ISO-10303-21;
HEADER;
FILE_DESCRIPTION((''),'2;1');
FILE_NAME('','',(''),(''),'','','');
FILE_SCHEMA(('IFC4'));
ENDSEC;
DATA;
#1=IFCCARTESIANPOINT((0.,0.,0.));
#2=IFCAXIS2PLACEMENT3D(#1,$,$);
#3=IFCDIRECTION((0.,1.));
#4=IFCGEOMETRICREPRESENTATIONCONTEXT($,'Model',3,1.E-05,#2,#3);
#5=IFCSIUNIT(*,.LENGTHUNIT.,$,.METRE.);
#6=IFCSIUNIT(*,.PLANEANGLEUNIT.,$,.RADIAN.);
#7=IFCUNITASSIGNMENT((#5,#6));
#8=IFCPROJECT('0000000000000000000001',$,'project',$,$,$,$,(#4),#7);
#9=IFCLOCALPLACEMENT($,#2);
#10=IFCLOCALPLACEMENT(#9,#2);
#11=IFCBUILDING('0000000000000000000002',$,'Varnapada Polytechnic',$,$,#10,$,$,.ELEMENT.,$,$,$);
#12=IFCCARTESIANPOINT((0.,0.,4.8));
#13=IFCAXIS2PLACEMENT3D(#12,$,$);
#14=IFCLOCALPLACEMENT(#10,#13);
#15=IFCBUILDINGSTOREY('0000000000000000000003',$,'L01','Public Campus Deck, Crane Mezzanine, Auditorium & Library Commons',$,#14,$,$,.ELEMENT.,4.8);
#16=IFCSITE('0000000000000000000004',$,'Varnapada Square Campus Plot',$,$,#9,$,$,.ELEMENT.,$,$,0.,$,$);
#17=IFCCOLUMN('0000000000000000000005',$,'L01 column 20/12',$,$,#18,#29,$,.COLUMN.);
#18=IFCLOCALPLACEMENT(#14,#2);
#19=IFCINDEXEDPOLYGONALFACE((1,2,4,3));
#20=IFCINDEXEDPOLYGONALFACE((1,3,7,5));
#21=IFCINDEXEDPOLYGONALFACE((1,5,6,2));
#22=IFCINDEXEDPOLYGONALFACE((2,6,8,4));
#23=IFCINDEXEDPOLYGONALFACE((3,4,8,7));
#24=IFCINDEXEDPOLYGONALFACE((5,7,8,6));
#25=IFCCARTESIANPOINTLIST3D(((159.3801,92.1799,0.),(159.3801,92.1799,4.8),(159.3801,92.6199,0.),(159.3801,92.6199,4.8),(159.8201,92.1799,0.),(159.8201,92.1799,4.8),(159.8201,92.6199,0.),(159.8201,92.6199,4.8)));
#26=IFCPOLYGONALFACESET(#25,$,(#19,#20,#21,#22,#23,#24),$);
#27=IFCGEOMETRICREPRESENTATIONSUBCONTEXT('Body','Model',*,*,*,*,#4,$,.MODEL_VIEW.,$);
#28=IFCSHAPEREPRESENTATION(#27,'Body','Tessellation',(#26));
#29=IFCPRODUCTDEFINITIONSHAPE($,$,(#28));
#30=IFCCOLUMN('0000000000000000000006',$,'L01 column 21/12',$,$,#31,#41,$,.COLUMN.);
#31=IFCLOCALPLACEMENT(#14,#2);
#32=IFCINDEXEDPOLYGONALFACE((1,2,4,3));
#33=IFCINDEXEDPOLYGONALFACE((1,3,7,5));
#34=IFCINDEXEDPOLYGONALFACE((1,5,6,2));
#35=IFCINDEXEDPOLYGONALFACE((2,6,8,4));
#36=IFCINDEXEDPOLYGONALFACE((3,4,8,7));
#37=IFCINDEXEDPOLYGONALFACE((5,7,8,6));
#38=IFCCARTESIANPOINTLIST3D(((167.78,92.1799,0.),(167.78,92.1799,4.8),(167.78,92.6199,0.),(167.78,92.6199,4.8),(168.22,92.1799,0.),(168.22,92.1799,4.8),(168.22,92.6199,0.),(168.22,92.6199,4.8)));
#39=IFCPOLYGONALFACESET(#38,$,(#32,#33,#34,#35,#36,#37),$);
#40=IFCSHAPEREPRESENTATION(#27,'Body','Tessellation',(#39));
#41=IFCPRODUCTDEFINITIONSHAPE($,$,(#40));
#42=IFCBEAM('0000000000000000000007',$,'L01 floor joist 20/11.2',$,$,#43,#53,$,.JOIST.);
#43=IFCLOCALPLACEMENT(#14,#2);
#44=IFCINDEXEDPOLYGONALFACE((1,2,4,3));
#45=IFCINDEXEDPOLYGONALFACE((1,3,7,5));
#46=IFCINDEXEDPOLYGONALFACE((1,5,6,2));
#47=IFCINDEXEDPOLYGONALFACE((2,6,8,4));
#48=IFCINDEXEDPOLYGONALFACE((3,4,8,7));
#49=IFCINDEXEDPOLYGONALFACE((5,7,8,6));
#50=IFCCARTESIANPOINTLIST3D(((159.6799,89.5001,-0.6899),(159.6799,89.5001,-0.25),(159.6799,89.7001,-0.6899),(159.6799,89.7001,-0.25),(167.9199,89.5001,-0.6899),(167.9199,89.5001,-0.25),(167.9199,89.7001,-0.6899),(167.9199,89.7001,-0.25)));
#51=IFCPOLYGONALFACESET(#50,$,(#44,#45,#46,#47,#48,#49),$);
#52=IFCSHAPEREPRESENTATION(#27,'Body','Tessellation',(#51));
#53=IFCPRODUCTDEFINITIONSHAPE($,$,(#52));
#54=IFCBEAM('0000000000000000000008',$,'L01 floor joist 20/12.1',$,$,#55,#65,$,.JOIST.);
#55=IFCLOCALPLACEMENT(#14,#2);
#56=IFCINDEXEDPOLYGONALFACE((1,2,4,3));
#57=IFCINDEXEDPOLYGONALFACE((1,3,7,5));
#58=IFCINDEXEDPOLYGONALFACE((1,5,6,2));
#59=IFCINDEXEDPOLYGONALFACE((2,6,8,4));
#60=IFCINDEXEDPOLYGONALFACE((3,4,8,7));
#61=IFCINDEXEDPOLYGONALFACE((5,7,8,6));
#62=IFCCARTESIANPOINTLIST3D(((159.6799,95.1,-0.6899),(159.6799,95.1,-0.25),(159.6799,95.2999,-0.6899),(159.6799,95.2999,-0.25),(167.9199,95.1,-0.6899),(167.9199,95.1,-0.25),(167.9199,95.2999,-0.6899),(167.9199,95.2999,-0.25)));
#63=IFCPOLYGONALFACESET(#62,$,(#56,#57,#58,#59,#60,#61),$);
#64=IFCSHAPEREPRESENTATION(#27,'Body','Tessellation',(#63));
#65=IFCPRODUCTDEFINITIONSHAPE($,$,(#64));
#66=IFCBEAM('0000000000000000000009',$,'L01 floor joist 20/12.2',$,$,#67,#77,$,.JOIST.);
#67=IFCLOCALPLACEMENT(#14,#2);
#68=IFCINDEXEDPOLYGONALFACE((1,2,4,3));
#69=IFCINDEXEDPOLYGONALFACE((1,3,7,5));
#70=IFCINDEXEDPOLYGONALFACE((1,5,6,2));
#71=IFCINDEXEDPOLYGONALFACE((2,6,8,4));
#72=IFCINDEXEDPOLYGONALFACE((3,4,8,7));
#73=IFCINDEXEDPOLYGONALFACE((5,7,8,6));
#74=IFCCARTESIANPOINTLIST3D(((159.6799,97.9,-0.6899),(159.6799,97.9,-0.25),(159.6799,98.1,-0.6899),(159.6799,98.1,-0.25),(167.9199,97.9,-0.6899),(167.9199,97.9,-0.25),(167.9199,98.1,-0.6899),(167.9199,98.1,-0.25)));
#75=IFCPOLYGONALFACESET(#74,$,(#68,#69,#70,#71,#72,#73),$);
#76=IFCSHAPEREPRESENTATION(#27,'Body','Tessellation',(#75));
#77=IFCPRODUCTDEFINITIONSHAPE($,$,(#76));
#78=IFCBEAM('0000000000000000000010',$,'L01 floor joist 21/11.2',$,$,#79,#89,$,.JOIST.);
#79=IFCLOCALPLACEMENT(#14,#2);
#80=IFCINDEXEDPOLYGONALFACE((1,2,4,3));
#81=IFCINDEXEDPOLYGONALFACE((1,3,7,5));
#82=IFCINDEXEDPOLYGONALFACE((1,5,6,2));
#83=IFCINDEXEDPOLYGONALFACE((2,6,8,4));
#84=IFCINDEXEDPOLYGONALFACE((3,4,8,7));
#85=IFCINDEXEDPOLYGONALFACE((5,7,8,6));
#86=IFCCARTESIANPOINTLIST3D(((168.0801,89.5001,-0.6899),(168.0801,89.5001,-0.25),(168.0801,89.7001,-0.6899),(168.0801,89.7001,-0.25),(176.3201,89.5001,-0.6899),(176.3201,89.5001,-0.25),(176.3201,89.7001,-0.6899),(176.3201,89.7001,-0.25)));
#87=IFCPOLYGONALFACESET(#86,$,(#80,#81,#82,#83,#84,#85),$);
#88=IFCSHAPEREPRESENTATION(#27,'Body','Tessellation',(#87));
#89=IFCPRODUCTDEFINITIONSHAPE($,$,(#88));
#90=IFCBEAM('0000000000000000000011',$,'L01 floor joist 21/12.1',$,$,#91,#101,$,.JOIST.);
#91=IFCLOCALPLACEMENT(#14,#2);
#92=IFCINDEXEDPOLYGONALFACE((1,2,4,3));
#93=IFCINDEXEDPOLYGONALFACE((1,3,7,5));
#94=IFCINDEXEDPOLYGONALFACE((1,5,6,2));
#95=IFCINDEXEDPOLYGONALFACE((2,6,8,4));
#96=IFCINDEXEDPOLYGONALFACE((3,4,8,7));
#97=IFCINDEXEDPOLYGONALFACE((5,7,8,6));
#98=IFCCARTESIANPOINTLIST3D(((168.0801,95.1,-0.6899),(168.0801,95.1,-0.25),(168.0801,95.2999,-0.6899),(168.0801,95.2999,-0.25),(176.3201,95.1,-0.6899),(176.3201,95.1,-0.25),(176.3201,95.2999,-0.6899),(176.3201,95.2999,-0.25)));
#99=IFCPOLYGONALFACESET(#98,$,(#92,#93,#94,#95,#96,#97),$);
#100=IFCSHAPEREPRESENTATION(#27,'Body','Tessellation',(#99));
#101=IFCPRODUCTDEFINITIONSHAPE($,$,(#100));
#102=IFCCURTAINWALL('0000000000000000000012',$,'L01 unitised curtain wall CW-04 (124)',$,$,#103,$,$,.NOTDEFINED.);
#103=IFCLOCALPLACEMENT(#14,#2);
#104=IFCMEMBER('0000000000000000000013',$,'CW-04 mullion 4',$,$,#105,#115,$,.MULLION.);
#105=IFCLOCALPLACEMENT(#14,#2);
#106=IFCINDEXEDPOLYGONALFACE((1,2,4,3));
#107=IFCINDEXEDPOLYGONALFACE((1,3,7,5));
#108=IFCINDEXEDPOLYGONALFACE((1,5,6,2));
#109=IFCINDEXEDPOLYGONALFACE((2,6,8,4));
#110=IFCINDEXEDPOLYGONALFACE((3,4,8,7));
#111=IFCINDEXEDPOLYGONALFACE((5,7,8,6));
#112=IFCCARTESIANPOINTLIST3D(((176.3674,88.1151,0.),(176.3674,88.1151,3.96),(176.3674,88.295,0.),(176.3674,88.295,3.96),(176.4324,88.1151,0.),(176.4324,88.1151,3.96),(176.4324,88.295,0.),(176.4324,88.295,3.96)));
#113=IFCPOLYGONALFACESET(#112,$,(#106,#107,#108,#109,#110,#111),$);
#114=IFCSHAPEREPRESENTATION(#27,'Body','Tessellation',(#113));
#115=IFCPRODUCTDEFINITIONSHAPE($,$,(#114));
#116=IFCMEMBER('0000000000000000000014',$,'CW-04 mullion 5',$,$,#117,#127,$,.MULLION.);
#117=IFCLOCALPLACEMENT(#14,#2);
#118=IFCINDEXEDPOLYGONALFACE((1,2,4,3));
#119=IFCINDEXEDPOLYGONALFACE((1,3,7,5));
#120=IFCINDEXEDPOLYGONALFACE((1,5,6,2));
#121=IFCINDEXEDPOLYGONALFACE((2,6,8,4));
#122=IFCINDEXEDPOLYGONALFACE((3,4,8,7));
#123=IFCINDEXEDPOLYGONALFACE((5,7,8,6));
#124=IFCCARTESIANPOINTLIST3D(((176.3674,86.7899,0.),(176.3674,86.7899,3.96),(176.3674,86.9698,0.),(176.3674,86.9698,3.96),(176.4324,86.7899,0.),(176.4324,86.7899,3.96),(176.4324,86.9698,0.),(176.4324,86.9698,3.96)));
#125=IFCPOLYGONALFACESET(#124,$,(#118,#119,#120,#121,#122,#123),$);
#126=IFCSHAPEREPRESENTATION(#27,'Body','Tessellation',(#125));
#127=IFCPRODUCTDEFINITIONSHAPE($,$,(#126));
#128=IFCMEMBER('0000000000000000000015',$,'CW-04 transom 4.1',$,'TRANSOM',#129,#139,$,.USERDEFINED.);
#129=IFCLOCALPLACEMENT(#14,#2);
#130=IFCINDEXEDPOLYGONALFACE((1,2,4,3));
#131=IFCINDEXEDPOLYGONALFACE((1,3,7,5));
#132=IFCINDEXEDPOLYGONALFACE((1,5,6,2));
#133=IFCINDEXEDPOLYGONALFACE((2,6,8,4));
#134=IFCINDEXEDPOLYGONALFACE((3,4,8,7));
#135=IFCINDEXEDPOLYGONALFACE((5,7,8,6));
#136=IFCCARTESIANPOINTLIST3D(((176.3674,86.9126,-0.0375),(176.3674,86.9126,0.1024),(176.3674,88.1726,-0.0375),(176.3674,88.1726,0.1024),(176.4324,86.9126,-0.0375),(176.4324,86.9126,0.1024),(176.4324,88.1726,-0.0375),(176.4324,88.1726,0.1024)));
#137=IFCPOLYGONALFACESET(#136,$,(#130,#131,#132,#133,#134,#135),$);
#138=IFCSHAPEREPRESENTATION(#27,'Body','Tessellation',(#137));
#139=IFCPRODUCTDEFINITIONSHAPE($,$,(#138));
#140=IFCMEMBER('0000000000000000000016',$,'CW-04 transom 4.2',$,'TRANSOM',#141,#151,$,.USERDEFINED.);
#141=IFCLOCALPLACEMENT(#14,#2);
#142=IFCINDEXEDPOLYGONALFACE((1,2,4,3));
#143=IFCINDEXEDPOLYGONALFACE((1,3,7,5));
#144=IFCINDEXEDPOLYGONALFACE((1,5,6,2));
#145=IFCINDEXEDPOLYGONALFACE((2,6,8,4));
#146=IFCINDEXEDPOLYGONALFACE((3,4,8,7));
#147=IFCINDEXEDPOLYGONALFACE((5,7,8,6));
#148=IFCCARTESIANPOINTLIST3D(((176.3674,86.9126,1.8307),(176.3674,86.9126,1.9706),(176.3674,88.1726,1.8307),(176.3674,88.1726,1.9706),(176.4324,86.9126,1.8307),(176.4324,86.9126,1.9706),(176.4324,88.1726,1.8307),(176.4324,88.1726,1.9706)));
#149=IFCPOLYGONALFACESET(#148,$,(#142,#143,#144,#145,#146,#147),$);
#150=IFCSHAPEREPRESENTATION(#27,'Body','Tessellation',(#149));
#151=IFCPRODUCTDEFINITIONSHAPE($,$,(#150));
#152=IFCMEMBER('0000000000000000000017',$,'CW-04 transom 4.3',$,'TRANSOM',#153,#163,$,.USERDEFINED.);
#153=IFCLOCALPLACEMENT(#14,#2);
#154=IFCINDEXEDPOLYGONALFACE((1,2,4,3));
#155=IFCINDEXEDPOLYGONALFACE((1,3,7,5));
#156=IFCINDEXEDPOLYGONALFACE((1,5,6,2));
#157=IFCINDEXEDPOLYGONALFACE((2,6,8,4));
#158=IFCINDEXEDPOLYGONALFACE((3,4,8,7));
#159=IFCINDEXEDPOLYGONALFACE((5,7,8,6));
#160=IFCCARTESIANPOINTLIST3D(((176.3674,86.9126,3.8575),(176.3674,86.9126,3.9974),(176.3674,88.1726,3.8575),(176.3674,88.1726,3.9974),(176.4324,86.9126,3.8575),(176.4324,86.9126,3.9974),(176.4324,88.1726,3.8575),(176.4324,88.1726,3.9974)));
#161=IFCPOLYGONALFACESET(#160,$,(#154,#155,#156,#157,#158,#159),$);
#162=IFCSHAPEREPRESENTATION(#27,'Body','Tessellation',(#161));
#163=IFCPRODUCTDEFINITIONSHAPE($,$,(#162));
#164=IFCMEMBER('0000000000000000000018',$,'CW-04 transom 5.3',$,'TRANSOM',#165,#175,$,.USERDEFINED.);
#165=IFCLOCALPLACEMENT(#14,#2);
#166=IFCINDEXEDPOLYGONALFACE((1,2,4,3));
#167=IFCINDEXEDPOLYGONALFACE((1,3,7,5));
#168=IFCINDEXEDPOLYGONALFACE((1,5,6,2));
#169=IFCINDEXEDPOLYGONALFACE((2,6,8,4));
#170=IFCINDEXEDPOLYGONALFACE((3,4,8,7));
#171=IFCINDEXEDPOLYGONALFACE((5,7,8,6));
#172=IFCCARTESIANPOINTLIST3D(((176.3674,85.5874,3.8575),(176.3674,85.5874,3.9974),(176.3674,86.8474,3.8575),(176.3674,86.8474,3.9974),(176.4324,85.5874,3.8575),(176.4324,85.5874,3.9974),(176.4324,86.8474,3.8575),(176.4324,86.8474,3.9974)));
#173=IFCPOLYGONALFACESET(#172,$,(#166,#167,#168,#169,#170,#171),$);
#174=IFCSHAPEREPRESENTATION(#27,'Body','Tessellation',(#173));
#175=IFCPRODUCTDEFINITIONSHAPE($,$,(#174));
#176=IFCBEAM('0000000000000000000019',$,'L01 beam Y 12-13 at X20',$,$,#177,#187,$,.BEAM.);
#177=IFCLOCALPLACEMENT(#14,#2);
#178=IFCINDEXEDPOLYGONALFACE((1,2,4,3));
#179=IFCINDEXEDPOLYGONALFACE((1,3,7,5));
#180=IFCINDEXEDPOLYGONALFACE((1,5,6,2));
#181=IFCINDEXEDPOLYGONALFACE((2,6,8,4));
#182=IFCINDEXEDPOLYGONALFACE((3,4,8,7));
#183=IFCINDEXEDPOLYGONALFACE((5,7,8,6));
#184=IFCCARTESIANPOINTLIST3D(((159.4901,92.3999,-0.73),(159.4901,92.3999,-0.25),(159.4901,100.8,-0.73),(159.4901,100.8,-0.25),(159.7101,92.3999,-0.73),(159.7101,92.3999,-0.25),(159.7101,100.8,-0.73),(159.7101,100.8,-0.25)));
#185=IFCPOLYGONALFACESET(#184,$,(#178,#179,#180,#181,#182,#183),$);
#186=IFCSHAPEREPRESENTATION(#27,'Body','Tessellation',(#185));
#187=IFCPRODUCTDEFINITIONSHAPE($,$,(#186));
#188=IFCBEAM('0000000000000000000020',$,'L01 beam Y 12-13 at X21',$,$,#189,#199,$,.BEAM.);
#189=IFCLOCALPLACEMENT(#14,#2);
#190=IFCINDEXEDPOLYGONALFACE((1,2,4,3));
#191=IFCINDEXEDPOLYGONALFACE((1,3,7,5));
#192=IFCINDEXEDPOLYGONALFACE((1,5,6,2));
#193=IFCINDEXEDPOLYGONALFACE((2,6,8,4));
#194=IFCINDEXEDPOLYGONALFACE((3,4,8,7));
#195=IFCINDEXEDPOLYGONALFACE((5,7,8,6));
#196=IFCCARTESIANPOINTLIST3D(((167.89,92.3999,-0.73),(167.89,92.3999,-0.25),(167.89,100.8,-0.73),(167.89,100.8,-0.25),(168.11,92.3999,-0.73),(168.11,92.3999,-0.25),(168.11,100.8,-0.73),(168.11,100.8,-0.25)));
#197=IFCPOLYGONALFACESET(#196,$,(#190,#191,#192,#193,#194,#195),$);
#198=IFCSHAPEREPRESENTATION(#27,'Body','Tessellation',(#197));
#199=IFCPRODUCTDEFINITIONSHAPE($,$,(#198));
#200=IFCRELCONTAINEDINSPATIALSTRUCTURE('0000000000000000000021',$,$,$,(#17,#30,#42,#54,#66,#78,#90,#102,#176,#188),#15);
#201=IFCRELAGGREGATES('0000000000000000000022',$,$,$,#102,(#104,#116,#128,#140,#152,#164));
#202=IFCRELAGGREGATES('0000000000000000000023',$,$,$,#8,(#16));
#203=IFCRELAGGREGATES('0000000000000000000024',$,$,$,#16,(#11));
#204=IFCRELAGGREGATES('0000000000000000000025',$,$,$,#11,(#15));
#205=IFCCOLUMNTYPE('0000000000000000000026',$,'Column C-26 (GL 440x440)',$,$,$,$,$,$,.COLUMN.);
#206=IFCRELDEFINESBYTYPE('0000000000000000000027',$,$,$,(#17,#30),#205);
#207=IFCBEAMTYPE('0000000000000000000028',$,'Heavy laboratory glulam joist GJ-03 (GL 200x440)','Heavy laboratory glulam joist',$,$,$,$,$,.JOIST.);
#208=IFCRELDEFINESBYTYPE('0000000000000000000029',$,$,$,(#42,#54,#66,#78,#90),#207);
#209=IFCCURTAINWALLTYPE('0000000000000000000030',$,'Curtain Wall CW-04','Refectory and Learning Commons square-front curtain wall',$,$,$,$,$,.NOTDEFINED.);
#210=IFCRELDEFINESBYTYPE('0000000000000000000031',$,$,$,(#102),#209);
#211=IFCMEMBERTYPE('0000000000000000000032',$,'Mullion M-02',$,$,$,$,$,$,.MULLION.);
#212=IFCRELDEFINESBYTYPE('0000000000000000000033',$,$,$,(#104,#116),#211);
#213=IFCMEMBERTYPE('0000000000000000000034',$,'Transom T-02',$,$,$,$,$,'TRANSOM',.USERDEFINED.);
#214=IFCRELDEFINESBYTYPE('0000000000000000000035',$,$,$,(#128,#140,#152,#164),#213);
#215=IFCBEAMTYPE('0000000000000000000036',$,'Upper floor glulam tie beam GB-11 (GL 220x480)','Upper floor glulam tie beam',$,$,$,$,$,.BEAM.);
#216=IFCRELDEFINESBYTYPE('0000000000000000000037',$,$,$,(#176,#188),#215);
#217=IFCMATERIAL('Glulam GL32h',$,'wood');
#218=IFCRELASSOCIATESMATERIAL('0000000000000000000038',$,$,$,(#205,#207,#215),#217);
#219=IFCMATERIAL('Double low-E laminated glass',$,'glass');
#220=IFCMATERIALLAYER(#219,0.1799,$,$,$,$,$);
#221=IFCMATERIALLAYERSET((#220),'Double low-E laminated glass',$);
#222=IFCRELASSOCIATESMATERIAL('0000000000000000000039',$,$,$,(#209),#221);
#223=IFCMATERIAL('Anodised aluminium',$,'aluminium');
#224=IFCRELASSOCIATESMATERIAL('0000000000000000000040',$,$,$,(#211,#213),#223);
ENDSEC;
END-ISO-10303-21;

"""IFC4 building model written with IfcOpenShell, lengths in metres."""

from ifc_helpers import new_model, si_unit, direction, frame, origin, origin_2d, place, context, subcontext, project, spatial, rectangle, extrude, material, layer, layer_set, material_profile, profile_set, type_object, element, aggregate, save


model = new_model("IFC4")

# Units and contexts
model_context = context("Model", 3, precision=1e-05, world=origin(), true_north=direction((0.0, 1.0)))
body_context = subcontext(model_context, "Body", "Model", "MODEL_VIEW")
ifc_project = project(units=[si_unit("LENGTHUNIT", "METRE"), si_unit("PLANEANGLEUNIT", "RADIAN")], contexts=[model_context])

# Site, building, storey
site_placement = place(None, origin())
site = spatial("IfcSite", under=ifc_project, at=site_placement, Name="Varnapada Square Campus Plot", CompositionType="ELEMENT", RefElevation=0.0)
building_placement = place(site_placement, origin())
building = spatial("IfcBuilding", under=site, at=building_placement, Name="Varnapada Polytechnic", CompositionType="ELEMENT")
storey_placement = place(building_placement, frame((0.0, 0.0, 4.8)))
storey = spatial("IfcBuildingStorey", under=building, at=storey_placement, Name="L01", Description="Public Campus Deck, Crane Mezzanine, Auditorium & Library Commons", CompositionType="ELEMENT", Elevation=4.8)

# Columns
ifc_material_1 = material(Name="Glulam GL32h", Category="wood")
ifc_material_profile_1 = material_profile(ifc_material_1, rectangle(XDim=0.4399, YDim=0.4399, at=origin_2d()), Name="GL 440x440")
ifc_profile_set_1 = profile_set([ifc_material_profile_1], Name="Glulam GL32h")
column_type = type_object("IfcColumnType", Name="Column C-26 (GL 440x440)", PredefinedType="COLUMN", material=ifc_profile_set_1)
for number, where, z_axis, x_axis, name in (
    (1, (159.6001, 92.3999, 0.0), (0.0, 0.0, 1.0), (1.0, 0.0, 0.0), "L01 column 20/12"),
    (2, (168.0, 92.3999, 0.0), (0.0, 0.0, 1.0), (1.0, 0.0, 0.0), "L01 column 21/12"),
):
    element("IfcColumn", number, at=place(storey_placement, frame(where, z_axis=z_axis, x_axis=x_axis)), inside=storey, type_object=column_type, Name=name, PredefinedType="COLUMN", context=body_context, shape_type="SweptSolid", body=[
        extrude(rectangle(XDim=0.4399, YDim=0.4399, at=origin_2d()), origin(), (0.0, 0.0, 1.0), 4.8),
    ])

# Beams
ifc_material_profile_2 = material_profile(ifc_material_1, rectangle(XDim=0.2, YDim=0.4399, at=origin_2d()), Name="GL 200x440")
ifc_profile_set_2 = profile_set([ifc_material_profile_2], Name="Glulam GL32h")
beam_type_1 = type_object("IfcBeamType", Name="Heavy laboratory glulam joist GJ-03 (GL 200x440)", Description="Heavy laboratory glulam joist", PredefinedType="JOIST", material=ifc_profile_set_2)
for number, where, z_axis, x_axis, name in (
    (3, (159.6799, 89.6001, -0.47), (1.0, 0.0, 0.0), (0.0, 1.0, 0.0), "L01 floor joist 20/11.2"),
    (4, (159.6799, 95.2, -0.47), (1.0, 0.0, 0.0), (0.0, 1.0, 0.0), "L01 floor joist 20/12.1"),
    (5, (159.6799, 98.0, -0.47), (1.0, 0.0, 0.0), (0.0, 1.0, 0.0), "L01 floor joist 20/12.2"),
    (6, (168.0801, 89.6001, -0.47), (1.0, 0.0, 0.0), (0.0, 1.0, 0.0), "L01 floor joist 21/11.2"),
    (7, (168.0801, 95.2, -0.47), (1.0, 0.0, 0.0), (0.0, 1.0, 0.0), "L01 floor joist 21/12.1"),
):
    element("IfcBeam", number, at=place(storey_placement, frame(where, z_axis=z_axis, x_axis=x_axis)), inside=storey, type_object=beam_type_1, Name=name, PredefinedType="JOIST", context=body_context, shape_type="SweptSolid", body=[
        extrude(rectangle(XDim=0.2, YDim=0.4399, at=origin_2d()), origin(), (0.0, 0.0, 1.0), 8.24),
    ])

# Curtain wall, members
ifc_material_2 = material(Name="Double low-E laminated glass", Category="glass")
ifc_layer_1 = layer(ifc_material_2, 0.1799)
ifc_layer_set_1 = layer_set([ifc_layer_1], Name="Double low-E laminated glass")
curtain_wall_type = type_object("IfcCurtainWallType", Name="Curtain Wall CW-04", Description="Refectory and Learning Commons square-front curtain wall", PredefinedType="NOTDEFINED", material=ifc_layer_set_1)
curtain_wall_placement = place(storey_placement, origin())
curtain_wall = element("IfcCurtainWall", 8, at=curtain_wall_placement, inside=storey, type_object=curtain_wall_type, Name="L01 unitised curtain wall CW-04 (124)", PredefinedType="NOTDEFINED")
ifc_material_3 = material(Name="Anodised aluminium", Category="aluminium")
ifc_material_profile_3 = material_profile(ifc_material_3, rectangle(XDim=0.0649, YDim=0.1799, at=origin_2d()), Name="ALU M65x180")
ifc_profile_set_3 = profile_set([ifc_material_profile_3], Name="Anodised aluminium")
member_type_1 = type_object("IfcMemberType", Name="Mullion M-02", PredefinedType="MULLION", material=ifc_profile_set_3)
member_1_placement = place(storey_placement, frame((176.3999, 88.2051, 0.0), z_axis=(0.0, 0.0, 1.0), x_axis=(1.0, 0.0, 0.0)))
member_1 = element("IfcMember", 9, at=member_1_placement, type_object=member_type_1, Name="CW-04 mullion 4", PredefinedType="MULLION", context=body_context, shape_type="SweptSolid", body=[
    extrude(rectangle(XDim=0.0649, YDim=0.1799, at=origin_2d()), origin(), (0.0, 0.0, 1.0), 3.96),
])
member_2_placement = place(storey_placement, frame((176.3999, 86.8799, 0.0), z_axis=(0.0, 0.0, 1.0), x_axis=(1.0, 0.0, 0.0)))
member_2 = element("IfcMember", 10, at=member_2_placement, type_object=member_type_1, Name="CW-04 mullion 5", PredefinedType="MULLION", context=body_context, shape_type="SweptSolid", body=[
    extrude(rectangle(XDim=0.0649, YDim=0.1799, at=origin_2d()), origin(), (0.0, 0.0, 1.0), 3.96),
])
ifc_material_profile_4 = material_profile(ifc_material_3, rectangle(XDim=0.0649, YDim=0.1399, at=origin_2d()), Name="ALU T65x140")
ifc_profile_set_4 = profile_set([ifc_material_profile_4], Name="Anodised aluminium")
member_type_2 = type_object("IfcMemberType", Name="Transom T-02", ElementType="TRANSOM", PredefinedType="USERDEFINED", material=ifc_profile_set_4)
member_3_placement = place(storey_placement, frame((176.3999, 88.1726, 0.0325), z_axis=(0.0, -1.0, 0.0), x_axis=(1.0, 0.0, 0.0)))
member_3 = element("IfcMember", 11, at=member_3_placement, type_object=member_type_2, Name="CW-04 transom 4.1", ObjectType="TRANSOM", PredefinedType="USERDEFINED", context=body_context, shape_type="SweptSolid", body=[
    extrude(rectangle(XDim=0.0649, YDim=0.1399, at=origin_2d()), origin(), (0.0, 0.0, 1.0), 1.26),
])
member_4_placement = place(storey_placement, frame((176.3999, 88.1726, 1.9006), z_axis=(0.0, -1.0, 0.0), x_axis=(1.0, 0.0, 0.0)))
member_4 = element("IfcMember", 12, at=member_4_placement, type_object=member_type_2, Name="CW-04 transom 4.2", ObjectType="TRANSOM", PredefinedType="USERDEFINED", context=body_context, shape_type="SweptSolid", body=[
    extrude(rectangle(XDim=0.0649, YDim=0.1399, at=origin_2d()), origin(), (0.0, 0.0, 1.0), 1.26),
])
member_5_placement = place(storey_placement, frame((176.3999, 88.1726, 3.9275), z_axis=(0.0, -1.0, 0.0), x_axis=(1.0, 0.0, 0.0)))
member_5 = element("IfcMember", 13, at=member_5_placement, type_object=member_type_2, Name="CW-04 transom 4.3", ObjectType="TRANSOM", PredefinedType="USERDEFINED", context=body_context, shape_type="SweptSolid", body=[
    extrude(rectangle(XDim=0.0649, YDim=0.1399, at=origin_2d()), origin(), (0.0, 0.0, 1.0), 1.26),
])
member_6_placement = place(storey_placement, frame((176.3999, 86.8474, 3.9275), z_axis=(0.0, -1.0, 0.0), x_axis=(1.0, 0.0, 0.0)))
member_6 = element("IfcMember", 14, at=member_6_placement, type_object=member_type_2, Name="CW-04 transom 5.3", ObjectType="TRANSOM", PredefinedType="USERDEFINED", context=body_context, shape_type="SweptSolid", body=[
    extrude(rectangle(XDim=0.0649, YDim=0.1399, at=origin_2d()), origin(), (0.0, 0.0, 1.0), 1.26),
])

# Beams
ifc_material_profile_5 = material_profile(ifc_material_1, rectangle(XDim=0.22, YDim=0.48, at=origin_2d()), Name="GL 220x480")
ifc_profile_set_5 = profile_set([ifc_material_profile_5], Name="Glulam GL32h")
beam_type_2 = type_object("IfcBeamType", Name="Upper floor glulam tie beam GB-11 (GL 220x480)", Description="Upper floor glulam tie beam", PredefinedType="BEAM", material=ifc_profile_set_5)
for number, where, z_axis, x_axis, name in (
    (15, (159.6001, 92.3999, -0.49), (0.0, 1.0, 0.0), (-1.0, 0.0, 0.0), "L01 beam Y 12-13 at X20"),
    (16, (168.0, 92.3999, -0.49), (0.0, 1.0, 0.0), (-1.0, 0.0, 0.0), "L01 beam Y 12-13 at X21"),
):
    element("IfcBeam", number, at=place(storey_placement, frame(where, z_axis=z_axis, x_axis=x_axis)), inside=storey, type_object=beam_type_2, Name=name, PredefinedType="BEAM", context=body_context, shape_type="SweptSolid", body=[
        extrude(rectangle(XDim=0.22, YDim=0.48, at=origin_2d()), origin(), (0.0, 0.0, 1.0), 8.4001),
    ])

aggregate(curtain_wall, [member_1, member_2, member_3, member_4, member_5, member_6])

save(model, "model.ifc")
